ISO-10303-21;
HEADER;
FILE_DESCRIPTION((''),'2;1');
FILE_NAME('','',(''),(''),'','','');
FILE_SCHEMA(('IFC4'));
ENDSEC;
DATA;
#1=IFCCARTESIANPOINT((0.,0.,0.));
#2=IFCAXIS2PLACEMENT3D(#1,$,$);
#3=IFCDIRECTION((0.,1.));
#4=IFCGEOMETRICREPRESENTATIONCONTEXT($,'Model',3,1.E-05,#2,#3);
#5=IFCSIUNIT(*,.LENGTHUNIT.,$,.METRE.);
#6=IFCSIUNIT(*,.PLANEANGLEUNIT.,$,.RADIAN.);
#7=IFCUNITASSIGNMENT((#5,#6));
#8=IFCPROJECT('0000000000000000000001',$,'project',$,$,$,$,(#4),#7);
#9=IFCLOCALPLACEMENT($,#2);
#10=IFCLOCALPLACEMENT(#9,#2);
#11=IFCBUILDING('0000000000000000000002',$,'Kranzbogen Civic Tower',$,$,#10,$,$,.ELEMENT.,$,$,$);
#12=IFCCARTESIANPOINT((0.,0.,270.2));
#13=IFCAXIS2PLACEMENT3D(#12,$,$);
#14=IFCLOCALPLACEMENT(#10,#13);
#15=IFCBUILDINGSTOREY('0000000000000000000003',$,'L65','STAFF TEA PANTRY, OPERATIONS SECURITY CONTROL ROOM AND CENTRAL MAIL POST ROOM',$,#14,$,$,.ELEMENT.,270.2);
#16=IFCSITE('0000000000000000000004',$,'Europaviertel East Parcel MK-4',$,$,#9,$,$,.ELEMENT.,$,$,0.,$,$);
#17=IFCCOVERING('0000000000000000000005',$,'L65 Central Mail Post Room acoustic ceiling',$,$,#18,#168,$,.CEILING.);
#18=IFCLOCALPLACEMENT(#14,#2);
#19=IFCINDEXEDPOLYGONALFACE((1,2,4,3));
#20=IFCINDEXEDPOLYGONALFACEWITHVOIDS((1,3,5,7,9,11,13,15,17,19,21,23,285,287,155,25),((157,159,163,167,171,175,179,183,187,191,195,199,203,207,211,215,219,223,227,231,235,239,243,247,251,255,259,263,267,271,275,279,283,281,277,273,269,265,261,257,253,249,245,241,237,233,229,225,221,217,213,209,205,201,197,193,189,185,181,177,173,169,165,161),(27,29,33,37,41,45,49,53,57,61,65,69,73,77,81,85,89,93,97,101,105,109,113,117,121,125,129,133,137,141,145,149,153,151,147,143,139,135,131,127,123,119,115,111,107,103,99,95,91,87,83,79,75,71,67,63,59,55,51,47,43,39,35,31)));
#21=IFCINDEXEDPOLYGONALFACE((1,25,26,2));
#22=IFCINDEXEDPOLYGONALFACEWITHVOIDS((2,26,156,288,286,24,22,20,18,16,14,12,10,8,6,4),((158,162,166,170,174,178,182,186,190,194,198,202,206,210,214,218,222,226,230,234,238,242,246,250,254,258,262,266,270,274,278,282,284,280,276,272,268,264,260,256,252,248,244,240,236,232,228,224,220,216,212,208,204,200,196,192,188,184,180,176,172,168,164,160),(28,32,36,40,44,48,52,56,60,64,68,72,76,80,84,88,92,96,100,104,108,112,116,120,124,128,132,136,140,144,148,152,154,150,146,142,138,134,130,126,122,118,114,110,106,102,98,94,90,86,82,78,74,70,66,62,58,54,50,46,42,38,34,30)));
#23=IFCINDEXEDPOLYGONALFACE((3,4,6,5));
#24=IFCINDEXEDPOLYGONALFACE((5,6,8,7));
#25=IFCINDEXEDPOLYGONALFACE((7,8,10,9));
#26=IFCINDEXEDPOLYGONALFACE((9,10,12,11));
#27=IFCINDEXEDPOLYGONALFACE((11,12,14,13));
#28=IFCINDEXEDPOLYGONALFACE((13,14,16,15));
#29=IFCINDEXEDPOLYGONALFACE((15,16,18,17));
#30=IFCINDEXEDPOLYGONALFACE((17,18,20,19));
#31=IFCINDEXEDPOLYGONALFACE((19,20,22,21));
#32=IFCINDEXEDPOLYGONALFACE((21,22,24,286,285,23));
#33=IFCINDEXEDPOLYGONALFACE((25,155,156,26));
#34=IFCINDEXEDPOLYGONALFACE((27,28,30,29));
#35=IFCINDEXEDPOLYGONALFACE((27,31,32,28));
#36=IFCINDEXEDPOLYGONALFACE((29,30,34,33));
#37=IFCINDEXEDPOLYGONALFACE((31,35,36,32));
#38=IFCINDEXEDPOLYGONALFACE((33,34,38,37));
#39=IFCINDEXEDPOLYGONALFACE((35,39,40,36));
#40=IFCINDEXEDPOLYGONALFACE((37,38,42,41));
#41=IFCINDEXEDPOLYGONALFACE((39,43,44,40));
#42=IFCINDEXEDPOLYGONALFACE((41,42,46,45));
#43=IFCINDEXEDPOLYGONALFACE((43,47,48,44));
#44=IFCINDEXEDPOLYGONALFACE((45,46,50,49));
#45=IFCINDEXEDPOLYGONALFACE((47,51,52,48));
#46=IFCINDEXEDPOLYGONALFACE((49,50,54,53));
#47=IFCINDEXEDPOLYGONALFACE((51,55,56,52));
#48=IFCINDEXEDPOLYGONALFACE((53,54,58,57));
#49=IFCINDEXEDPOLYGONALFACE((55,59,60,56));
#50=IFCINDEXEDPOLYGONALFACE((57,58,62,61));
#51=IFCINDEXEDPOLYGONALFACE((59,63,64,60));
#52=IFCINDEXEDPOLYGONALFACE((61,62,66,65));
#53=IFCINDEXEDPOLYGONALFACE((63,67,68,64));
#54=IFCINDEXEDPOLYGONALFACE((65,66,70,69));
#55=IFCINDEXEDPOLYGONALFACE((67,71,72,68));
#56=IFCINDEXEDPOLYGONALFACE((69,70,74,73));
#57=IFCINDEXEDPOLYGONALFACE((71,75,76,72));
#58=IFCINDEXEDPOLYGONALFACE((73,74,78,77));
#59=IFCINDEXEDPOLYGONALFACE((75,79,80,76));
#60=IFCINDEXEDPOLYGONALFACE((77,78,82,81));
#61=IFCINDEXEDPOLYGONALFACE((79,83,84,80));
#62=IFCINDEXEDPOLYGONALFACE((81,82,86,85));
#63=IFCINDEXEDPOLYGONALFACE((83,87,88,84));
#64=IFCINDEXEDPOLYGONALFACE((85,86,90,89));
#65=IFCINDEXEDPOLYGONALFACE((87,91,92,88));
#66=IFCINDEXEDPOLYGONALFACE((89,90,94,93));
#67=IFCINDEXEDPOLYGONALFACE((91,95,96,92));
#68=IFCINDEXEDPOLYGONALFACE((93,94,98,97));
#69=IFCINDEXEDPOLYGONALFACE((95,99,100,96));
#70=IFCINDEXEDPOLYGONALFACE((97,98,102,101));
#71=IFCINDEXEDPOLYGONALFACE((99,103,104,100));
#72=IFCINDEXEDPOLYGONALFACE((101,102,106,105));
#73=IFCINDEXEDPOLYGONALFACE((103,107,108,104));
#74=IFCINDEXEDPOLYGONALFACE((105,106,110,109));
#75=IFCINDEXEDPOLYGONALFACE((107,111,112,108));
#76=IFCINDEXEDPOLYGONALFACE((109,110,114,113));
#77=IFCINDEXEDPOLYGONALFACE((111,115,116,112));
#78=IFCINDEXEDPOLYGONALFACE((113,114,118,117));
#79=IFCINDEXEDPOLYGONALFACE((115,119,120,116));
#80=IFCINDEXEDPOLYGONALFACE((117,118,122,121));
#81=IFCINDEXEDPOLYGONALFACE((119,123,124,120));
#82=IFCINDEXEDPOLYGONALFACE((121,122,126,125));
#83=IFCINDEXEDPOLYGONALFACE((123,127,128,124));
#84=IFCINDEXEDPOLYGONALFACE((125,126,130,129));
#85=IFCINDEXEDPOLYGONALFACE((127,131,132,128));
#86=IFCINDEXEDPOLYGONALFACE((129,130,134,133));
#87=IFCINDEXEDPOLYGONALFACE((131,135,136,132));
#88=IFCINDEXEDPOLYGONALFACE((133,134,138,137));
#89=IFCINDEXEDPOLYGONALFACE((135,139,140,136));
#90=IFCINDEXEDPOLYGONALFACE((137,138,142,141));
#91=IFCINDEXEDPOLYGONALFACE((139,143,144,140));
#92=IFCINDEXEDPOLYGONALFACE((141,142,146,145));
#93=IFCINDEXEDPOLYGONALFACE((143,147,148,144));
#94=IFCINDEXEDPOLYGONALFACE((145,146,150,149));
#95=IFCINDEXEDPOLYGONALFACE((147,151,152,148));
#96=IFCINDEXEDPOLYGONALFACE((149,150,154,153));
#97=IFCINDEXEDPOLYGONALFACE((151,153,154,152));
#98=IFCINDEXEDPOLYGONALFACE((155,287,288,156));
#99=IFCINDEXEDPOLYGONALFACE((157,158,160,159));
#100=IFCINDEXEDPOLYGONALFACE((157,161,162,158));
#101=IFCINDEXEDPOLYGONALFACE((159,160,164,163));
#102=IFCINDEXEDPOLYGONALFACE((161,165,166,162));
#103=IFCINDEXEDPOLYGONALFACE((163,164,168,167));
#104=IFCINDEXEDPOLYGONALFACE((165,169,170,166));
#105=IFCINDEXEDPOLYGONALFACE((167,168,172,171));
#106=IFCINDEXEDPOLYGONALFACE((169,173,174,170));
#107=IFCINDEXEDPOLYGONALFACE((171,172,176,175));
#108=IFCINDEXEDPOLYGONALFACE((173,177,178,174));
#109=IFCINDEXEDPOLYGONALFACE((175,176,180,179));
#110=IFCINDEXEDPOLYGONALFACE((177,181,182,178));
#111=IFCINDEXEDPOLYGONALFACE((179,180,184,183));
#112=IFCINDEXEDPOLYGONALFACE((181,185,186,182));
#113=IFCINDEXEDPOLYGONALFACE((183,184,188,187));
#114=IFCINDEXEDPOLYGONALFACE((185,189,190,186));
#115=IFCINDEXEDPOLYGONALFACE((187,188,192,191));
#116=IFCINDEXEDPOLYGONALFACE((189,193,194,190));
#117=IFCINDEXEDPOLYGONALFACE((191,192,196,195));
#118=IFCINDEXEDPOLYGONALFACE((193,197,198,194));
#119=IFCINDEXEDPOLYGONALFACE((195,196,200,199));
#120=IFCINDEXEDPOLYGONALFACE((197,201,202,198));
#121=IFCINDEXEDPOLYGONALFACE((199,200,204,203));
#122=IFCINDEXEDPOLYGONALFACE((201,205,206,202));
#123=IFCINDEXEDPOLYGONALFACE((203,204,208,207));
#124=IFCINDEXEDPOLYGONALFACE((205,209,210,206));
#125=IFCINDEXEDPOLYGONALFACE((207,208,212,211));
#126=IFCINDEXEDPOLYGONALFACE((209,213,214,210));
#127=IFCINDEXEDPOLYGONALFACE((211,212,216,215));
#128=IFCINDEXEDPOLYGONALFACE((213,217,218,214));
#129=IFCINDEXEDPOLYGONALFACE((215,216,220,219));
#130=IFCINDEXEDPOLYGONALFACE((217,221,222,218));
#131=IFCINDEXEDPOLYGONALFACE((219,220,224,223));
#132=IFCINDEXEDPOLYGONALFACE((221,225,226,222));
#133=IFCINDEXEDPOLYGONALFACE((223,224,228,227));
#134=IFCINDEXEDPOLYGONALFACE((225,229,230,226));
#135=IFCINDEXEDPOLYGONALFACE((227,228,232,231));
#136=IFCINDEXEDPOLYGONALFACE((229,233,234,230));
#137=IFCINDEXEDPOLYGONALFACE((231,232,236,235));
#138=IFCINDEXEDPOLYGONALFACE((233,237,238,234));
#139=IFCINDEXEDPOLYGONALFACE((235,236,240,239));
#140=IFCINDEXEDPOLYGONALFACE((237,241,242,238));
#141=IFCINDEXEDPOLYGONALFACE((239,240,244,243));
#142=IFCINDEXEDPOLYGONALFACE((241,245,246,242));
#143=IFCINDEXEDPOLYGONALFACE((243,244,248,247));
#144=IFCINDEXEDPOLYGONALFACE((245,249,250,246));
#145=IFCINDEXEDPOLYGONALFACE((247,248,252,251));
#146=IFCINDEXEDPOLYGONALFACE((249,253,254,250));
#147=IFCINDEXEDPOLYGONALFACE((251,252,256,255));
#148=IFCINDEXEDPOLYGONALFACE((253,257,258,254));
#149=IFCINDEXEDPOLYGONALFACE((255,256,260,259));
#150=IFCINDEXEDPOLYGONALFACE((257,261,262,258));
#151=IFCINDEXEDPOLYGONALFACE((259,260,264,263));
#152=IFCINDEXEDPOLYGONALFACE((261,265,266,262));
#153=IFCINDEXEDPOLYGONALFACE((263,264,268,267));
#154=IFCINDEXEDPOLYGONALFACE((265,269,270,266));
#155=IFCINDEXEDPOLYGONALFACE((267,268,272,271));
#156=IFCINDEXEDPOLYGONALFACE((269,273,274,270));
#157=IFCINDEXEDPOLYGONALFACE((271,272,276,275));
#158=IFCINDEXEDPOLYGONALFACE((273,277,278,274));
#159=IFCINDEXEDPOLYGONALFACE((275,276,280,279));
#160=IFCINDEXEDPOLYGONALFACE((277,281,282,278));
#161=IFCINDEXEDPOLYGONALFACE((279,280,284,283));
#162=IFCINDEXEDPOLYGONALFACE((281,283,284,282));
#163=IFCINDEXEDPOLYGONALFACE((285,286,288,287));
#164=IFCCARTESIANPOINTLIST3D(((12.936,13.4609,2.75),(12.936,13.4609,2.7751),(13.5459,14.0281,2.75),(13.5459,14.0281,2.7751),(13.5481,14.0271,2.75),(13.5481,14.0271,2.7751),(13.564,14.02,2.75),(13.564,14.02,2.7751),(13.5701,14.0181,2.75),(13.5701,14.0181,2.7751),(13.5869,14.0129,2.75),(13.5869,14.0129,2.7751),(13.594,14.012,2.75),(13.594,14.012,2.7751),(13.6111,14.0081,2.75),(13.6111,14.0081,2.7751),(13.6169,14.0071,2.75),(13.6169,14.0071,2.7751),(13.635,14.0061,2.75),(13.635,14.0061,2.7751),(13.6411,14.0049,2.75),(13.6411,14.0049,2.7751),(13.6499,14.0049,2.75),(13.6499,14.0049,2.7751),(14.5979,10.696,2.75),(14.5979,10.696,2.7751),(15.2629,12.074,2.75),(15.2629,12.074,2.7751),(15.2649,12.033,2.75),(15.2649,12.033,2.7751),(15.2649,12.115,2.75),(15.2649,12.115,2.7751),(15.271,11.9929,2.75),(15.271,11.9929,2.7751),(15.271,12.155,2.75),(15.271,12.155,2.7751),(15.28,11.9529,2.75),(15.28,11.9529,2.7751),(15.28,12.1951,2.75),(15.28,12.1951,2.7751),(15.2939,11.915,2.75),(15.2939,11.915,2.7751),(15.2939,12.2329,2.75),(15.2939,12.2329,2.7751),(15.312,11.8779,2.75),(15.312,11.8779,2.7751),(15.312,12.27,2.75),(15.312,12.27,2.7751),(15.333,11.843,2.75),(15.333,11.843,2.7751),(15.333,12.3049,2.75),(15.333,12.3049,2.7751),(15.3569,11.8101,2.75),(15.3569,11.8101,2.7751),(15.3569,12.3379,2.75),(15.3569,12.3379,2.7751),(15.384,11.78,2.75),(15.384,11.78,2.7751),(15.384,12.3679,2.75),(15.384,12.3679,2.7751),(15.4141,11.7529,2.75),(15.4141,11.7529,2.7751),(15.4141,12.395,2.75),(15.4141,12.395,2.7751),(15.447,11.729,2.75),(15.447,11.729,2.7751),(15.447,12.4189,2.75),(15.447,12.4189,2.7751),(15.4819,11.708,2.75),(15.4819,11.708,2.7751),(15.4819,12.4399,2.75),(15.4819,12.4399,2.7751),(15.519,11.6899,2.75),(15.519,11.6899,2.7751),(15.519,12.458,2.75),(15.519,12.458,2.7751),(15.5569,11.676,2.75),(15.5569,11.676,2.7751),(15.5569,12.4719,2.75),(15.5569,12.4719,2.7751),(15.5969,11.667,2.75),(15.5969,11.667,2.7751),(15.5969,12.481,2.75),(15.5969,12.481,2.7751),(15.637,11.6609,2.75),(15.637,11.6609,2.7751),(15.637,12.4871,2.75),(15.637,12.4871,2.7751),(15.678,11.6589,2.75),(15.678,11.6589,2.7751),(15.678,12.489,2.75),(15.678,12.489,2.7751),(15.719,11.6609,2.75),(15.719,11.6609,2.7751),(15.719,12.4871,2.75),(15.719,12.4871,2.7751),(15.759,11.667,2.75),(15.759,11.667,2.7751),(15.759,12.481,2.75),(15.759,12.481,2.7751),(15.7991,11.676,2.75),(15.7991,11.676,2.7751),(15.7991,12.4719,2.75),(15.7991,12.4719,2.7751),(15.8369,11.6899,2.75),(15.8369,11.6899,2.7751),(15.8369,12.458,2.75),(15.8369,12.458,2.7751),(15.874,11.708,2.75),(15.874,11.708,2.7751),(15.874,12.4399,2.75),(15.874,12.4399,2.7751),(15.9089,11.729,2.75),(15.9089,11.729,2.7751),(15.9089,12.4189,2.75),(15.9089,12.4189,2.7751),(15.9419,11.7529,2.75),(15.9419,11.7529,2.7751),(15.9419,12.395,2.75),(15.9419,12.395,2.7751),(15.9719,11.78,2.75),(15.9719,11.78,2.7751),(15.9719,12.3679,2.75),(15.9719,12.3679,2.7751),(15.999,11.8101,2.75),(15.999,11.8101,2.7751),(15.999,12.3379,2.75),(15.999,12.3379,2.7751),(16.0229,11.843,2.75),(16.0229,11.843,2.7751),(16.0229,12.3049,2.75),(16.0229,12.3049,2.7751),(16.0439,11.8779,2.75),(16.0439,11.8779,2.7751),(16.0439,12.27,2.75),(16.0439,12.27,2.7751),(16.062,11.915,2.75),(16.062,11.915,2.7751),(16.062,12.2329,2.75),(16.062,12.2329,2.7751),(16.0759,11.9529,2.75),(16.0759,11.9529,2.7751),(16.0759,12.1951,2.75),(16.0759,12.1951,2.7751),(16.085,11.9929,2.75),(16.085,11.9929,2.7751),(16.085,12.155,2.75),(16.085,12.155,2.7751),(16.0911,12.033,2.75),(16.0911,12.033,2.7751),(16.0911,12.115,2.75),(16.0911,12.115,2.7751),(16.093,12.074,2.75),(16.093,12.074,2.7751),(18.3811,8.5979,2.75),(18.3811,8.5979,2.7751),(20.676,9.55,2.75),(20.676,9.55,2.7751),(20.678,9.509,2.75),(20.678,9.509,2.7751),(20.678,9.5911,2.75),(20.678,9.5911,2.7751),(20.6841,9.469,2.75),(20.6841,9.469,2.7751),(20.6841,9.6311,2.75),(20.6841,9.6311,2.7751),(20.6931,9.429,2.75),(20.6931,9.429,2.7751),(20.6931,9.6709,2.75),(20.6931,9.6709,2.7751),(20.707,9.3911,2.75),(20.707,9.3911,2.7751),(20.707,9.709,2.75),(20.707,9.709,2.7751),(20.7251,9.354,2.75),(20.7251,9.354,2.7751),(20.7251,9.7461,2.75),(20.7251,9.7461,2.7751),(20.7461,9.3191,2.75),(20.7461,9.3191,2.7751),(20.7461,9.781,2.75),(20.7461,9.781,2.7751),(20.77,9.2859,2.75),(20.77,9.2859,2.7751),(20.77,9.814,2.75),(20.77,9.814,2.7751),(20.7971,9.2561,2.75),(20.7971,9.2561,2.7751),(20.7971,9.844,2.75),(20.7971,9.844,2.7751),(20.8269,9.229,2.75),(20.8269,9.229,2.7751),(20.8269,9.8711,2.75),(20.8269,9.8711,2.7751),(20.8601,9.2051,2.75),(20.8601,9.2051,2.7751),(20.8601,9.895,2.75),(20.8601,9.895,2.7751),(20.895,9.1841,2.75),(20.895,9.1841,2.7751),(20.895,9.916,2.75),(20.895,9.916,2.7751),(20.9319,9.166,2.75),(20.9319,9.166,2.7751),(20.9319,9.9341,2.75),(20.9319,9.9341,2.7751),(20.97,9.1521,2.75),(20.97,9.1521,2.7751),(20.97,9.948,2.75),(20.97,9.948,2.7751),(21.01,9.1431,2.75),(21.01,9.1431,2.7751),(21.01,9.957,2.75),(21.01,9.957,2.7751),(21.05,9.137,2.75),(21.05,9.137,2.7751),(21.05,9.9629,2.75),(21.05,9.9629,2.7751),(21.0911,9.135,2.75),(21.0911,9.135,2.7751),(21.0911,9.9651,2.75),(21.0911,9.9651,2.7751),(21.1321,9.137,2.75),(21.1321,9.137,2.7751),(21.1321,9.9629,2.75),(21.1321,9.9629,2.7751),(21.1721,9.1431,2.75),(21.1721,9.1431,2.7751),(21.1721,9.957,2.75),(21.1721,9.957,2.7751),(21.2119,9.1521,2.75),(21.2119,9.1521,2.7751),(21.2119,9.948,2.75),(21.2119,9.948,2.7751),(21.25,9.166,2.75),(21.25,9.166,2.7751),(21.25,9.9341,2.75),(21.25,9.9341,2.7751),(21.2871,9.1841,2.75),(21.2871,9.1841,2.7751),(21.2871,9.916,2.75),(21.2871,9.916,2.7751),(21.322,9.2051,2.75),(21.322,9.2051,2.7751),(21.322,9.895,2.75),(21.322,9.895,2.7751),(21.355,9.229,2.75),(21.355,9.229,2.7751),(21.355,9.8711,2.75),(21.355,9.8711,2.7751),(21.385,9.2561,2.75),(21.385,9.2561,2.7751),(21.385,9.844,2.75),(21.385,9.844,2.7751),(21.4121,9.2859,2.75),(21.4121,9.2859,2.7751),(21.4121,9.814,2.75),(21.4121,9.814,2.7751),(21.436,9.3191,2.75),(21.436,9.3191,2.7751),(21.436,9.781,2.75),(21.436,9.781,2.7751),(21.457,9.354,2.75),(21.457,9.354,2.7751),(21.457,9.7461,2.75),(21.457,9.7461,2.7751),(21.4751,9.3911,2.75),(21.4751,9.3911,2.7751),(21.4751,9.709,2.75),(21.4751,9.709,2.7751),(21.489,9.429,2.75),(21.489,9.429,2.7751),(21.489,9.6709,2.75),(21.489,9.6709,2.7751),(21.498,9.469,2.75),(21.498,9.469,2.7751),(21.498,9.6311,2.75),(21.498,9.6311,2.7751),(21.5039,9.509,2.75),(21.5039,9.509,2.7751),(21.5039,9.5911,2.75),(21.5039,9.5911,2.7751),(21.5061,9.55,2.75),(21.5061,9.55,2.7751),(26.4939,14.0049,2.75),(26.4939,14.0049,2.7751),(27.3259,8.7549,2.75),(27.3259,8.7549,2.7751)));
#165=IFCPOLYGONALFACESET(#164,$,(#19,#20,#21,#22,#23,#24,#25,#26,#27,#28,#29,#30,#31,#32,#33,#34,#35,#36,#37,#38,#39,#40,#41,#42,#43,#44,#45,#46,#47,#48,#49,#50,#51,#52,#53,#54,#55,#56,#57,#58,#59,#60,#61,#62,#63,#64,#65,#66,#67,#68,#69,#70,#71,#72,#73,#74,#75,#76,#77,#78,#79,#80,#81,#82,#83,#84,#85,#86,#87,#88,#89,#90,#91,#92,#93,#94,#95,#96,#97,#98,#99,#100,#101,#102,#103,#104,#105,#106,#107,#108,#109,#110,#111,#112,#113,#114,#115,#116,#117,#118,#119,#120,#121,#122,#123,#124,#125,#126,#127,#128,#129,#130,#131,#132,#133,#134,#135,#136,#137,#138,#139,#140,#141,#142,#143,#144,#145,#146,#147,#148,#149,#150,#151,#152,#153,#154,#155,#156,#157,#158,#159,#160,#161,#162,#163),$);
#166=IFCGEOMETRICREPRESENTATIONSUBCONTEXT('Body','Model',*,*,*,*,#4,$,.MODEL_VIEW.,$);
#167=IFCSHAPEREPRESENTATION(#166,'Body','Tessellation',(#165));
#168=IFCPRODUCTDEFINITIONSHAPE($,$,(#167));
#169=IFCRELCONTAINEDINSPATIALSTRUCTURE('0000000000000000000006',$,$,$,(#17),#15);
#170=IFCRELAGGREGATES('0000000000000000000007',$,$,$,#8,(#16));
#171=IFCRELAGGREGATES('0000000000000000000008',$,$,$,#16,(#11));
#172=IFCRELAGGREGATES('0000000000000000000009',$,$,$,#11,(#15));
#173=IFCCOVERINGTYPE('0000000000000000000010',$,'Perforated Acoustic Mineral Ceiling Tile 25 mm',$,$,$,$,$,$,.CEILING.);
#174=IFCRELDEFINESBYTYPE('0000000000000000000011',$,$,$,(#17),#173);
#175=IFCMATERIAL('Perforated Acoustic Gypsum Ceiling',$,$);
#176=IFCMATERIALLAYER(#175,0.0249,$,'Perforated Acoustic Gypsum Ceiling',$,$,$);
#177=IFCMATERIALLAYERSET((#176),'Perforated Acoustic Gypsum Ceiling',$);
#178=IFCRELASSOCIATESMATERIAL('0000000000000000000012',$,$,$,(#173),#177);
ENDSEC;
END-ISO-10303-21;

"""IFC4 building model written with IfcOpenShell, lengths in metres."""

from ifc_helpers import new_model, si_unit, direction, frame, origin, place, context, subcontext, project, spatial, polyline, outline, extrude, material, layer, layer_set, type_object, element, save


model = new_model("IFC4")

# Units and contexts
model_context = context("Model", 3, precision=1e-05, world=origin(), true_north=direction((0.0, 1.0)))
body_context = subcontext(model_context, "Body", "Model", "MODEL_VIEW")
ifc_project = project(units=[si_unit("LENGTHUNIT", "METRE"), si_unit("PLANEANGLEUNIT", "RADIAN")], contexts=[model_context])

# Site, building, storey
site_placement = place(None, origin())
site = spatial("IfcSite", under=ifc_project, at=site_placement, Name="Europaviertel East Parcel MK-4", CompositionType="ELEMENT", RefElevation=0.0)
building_placement = place(site_placement, origin())
building = spatial("IfcBuilding", under=site, at=building_placement, Name="Kranzbogen Civic Tower", CompositionType="ELEMENT")
storey_placement = place(building_placement, frame((0.0, 0.0, 270.2)))
storey = spatial("IfcBuildingStorey", under=building, at=storey_placement, Name="L65", Description="STAFF TEA PANTRY, OPERATIONS SECURITY CONTROL ROOM AND CENTRAL MAIL POST ROOM", CompositionType="ELEMENT", Elevation=270.2)

# Covering
ifc_material_1 = material(Name="Perforated Acoustic Gypsum Ceiling")
ifc_layer_1 = layer(ifc_material_1, 0.0249, Name="Perforated Acoustic Gypsum Ceiling")
ifc_layer_set_1 = layer_set([ifc_layer_1], Name="Perforated Acoustic Gypsum Ceiling")
covering_type_1 = type_object("IfcCoveringType", Name="Perforated Acoustic Mineral Ceiling Tile 25 mm", PredefinedType="CEILING", material=ifc_layer_set_1)
covering_1_placement = place(storey_placement, frame((0.0, 0.0, 2.75)))
element("IfcCovering", 1, at=covering_1_placement, inside=storey, type_object=covering_type_1, Name="L65 Central Mail Post Room acoustic ceiling", PredefinedType="CEILING", context=body_context, shape_type="SweptSolid", body=[
    extrude(outline(polyline([(13.5481, 14.0271), (13.564, 14.02), (13.5701, 14.0181), (13.5869, 14.0129), (13.594, 14.012), (13.6111, 14.0081), (13.6169, 14.0071), (13.635, 14.0061), (13.6411, 14.0049), (13.6499, 14.0049), (26.4939, 14.0049), (27.3259, 8.7549), (18.3811, 8.5979), (14.5979, 10.696), (12.936, 13.4609), (13.5459, 14.0281), (13.5481, 14.0271)]), holes=[polyline([(21.4751, 9.3911), (21.457, 9.354), (21.436, 9.3191), (21.4121, 9.2859), (21.385, 9.2561), (21.355, 9.229), (21.322, 9.2051), (21.2871, 9.1841), (21.25, 9.166), (21.2119, 9.1521), (21.1721, 9.1431), (21.1321, 9.137), (21.0911, 9.135), (21.05, 9.137), (21.01, 9.1431), (20.97, 9.1521), (20.9319, 9.166), (20.895, 9.1841), (20.8601, 9.2051), (20.8269, 9.229), (20.7971, 9.2561), (20.77, 9.2859), (20.7461, 9.3191), (20.7251, 9.354), (20.707, 9.3911), (20.6931, 9.429), (20.6841, 9.469), (20.678, 9.509), (20.676, 9.55), (20.678, 9.5911), (20.6841, 9.6311), (20.6931, 9.6709), (20.707, 9.709), (20.7251, 9.7461), (20.7461, 9.781), (20.77, 9.814), (20.7971, 9.844), (20.8269, 9.8711), (20.8601, 9.895), (20.895, 9.916), (20.9319, 9.9341), (20.97, 9.948), (21.01, 9.957), (21.05, 9.9629), (21.0911, 9.9651), (21.1321, 9.9629), (21.1721, 9.957), (21.2119, 9.948), (21.25, 9.9341), (21.2871, 9.916), (21.322, 9.895), (21.355, 9.8711), (21.385, 9.844), (21.4121, 9.814), (21.436, 9.781), (21.457, 9.7461), (21.4751, 9.709), (21.489, 9.6709), (21.498, 9.6311), (21.5039, 9.5911), (21.5061, 9.55), (21.5039, 9.509), (21.498, 9.469), (21.489, 9.429), (21.4751, 9.3911)]), polyline([(16.062, 11.915), (16.0439, 11.8779), (16.0229, 11.843), (15.999, 11.8101), (15.9719, 11.78), (15.9419, 11.7529), (15.9089, 11.729), (15.874, 11.708), (15.8369, 11.6899), (15.7991, 11.676), (15.759, 11.667), (15.719, 11.6609), (15.678, 11.6589), (15.637, 11.6609), (15.5969, 11.667), (15.5569, 11.676), (15.519, 11.6899), (15.4819, 11.708), (15.447, 11.729), (15.4141, 11.7529), (15.384, 11.78), (15.3569, 11.8101), (15.333, 11.843), (15.312, 11.8779), (15.2939, 11.915), (15.28, 11.9529), (15.271, 11.9929), (15.2649, 12.033), (15.2629, 12.074), (15.2649, 12.115), (15.271, 12.155), (15.28, 12.1951), (15.2939, 12.2329), (15.312, 12.27), (15.333, 12.3049), (15.3569, 12.3379), (15.384, 12.3679), (15.4141, 12.395), (15.447, 12.4189), (15.4819, 12.4399), (15.519, 12.458), (15.5569, 12.4719), (15.5969, 12.481), (15.637, 12.4871), (15.678, 12.489), (15.719, 12.4871), (15.759, 12.481), (15.7991, 12.4719), (15.8369, 12.458), (15.874, 12.4399), (15.9089, 12.4189), (15.9419, 12.395), (15.9719, 12.3679), (15.999, 12.3379), (16.0229, 12.3049), (16.0439, 12.27), (16.062, 12.2329), (16.0759, 12.1951), (16.085, 12.155), (16.0911, 12.115), (16.093, 12.074), (16.0911, 12.033), (16.085, 11.9929), (16.0759, 11.9529), (16.062, 11.915)])]), origin(), (0.0, 0.0, 1.0), 0.0251),
])

save(model, "model.ifc")
